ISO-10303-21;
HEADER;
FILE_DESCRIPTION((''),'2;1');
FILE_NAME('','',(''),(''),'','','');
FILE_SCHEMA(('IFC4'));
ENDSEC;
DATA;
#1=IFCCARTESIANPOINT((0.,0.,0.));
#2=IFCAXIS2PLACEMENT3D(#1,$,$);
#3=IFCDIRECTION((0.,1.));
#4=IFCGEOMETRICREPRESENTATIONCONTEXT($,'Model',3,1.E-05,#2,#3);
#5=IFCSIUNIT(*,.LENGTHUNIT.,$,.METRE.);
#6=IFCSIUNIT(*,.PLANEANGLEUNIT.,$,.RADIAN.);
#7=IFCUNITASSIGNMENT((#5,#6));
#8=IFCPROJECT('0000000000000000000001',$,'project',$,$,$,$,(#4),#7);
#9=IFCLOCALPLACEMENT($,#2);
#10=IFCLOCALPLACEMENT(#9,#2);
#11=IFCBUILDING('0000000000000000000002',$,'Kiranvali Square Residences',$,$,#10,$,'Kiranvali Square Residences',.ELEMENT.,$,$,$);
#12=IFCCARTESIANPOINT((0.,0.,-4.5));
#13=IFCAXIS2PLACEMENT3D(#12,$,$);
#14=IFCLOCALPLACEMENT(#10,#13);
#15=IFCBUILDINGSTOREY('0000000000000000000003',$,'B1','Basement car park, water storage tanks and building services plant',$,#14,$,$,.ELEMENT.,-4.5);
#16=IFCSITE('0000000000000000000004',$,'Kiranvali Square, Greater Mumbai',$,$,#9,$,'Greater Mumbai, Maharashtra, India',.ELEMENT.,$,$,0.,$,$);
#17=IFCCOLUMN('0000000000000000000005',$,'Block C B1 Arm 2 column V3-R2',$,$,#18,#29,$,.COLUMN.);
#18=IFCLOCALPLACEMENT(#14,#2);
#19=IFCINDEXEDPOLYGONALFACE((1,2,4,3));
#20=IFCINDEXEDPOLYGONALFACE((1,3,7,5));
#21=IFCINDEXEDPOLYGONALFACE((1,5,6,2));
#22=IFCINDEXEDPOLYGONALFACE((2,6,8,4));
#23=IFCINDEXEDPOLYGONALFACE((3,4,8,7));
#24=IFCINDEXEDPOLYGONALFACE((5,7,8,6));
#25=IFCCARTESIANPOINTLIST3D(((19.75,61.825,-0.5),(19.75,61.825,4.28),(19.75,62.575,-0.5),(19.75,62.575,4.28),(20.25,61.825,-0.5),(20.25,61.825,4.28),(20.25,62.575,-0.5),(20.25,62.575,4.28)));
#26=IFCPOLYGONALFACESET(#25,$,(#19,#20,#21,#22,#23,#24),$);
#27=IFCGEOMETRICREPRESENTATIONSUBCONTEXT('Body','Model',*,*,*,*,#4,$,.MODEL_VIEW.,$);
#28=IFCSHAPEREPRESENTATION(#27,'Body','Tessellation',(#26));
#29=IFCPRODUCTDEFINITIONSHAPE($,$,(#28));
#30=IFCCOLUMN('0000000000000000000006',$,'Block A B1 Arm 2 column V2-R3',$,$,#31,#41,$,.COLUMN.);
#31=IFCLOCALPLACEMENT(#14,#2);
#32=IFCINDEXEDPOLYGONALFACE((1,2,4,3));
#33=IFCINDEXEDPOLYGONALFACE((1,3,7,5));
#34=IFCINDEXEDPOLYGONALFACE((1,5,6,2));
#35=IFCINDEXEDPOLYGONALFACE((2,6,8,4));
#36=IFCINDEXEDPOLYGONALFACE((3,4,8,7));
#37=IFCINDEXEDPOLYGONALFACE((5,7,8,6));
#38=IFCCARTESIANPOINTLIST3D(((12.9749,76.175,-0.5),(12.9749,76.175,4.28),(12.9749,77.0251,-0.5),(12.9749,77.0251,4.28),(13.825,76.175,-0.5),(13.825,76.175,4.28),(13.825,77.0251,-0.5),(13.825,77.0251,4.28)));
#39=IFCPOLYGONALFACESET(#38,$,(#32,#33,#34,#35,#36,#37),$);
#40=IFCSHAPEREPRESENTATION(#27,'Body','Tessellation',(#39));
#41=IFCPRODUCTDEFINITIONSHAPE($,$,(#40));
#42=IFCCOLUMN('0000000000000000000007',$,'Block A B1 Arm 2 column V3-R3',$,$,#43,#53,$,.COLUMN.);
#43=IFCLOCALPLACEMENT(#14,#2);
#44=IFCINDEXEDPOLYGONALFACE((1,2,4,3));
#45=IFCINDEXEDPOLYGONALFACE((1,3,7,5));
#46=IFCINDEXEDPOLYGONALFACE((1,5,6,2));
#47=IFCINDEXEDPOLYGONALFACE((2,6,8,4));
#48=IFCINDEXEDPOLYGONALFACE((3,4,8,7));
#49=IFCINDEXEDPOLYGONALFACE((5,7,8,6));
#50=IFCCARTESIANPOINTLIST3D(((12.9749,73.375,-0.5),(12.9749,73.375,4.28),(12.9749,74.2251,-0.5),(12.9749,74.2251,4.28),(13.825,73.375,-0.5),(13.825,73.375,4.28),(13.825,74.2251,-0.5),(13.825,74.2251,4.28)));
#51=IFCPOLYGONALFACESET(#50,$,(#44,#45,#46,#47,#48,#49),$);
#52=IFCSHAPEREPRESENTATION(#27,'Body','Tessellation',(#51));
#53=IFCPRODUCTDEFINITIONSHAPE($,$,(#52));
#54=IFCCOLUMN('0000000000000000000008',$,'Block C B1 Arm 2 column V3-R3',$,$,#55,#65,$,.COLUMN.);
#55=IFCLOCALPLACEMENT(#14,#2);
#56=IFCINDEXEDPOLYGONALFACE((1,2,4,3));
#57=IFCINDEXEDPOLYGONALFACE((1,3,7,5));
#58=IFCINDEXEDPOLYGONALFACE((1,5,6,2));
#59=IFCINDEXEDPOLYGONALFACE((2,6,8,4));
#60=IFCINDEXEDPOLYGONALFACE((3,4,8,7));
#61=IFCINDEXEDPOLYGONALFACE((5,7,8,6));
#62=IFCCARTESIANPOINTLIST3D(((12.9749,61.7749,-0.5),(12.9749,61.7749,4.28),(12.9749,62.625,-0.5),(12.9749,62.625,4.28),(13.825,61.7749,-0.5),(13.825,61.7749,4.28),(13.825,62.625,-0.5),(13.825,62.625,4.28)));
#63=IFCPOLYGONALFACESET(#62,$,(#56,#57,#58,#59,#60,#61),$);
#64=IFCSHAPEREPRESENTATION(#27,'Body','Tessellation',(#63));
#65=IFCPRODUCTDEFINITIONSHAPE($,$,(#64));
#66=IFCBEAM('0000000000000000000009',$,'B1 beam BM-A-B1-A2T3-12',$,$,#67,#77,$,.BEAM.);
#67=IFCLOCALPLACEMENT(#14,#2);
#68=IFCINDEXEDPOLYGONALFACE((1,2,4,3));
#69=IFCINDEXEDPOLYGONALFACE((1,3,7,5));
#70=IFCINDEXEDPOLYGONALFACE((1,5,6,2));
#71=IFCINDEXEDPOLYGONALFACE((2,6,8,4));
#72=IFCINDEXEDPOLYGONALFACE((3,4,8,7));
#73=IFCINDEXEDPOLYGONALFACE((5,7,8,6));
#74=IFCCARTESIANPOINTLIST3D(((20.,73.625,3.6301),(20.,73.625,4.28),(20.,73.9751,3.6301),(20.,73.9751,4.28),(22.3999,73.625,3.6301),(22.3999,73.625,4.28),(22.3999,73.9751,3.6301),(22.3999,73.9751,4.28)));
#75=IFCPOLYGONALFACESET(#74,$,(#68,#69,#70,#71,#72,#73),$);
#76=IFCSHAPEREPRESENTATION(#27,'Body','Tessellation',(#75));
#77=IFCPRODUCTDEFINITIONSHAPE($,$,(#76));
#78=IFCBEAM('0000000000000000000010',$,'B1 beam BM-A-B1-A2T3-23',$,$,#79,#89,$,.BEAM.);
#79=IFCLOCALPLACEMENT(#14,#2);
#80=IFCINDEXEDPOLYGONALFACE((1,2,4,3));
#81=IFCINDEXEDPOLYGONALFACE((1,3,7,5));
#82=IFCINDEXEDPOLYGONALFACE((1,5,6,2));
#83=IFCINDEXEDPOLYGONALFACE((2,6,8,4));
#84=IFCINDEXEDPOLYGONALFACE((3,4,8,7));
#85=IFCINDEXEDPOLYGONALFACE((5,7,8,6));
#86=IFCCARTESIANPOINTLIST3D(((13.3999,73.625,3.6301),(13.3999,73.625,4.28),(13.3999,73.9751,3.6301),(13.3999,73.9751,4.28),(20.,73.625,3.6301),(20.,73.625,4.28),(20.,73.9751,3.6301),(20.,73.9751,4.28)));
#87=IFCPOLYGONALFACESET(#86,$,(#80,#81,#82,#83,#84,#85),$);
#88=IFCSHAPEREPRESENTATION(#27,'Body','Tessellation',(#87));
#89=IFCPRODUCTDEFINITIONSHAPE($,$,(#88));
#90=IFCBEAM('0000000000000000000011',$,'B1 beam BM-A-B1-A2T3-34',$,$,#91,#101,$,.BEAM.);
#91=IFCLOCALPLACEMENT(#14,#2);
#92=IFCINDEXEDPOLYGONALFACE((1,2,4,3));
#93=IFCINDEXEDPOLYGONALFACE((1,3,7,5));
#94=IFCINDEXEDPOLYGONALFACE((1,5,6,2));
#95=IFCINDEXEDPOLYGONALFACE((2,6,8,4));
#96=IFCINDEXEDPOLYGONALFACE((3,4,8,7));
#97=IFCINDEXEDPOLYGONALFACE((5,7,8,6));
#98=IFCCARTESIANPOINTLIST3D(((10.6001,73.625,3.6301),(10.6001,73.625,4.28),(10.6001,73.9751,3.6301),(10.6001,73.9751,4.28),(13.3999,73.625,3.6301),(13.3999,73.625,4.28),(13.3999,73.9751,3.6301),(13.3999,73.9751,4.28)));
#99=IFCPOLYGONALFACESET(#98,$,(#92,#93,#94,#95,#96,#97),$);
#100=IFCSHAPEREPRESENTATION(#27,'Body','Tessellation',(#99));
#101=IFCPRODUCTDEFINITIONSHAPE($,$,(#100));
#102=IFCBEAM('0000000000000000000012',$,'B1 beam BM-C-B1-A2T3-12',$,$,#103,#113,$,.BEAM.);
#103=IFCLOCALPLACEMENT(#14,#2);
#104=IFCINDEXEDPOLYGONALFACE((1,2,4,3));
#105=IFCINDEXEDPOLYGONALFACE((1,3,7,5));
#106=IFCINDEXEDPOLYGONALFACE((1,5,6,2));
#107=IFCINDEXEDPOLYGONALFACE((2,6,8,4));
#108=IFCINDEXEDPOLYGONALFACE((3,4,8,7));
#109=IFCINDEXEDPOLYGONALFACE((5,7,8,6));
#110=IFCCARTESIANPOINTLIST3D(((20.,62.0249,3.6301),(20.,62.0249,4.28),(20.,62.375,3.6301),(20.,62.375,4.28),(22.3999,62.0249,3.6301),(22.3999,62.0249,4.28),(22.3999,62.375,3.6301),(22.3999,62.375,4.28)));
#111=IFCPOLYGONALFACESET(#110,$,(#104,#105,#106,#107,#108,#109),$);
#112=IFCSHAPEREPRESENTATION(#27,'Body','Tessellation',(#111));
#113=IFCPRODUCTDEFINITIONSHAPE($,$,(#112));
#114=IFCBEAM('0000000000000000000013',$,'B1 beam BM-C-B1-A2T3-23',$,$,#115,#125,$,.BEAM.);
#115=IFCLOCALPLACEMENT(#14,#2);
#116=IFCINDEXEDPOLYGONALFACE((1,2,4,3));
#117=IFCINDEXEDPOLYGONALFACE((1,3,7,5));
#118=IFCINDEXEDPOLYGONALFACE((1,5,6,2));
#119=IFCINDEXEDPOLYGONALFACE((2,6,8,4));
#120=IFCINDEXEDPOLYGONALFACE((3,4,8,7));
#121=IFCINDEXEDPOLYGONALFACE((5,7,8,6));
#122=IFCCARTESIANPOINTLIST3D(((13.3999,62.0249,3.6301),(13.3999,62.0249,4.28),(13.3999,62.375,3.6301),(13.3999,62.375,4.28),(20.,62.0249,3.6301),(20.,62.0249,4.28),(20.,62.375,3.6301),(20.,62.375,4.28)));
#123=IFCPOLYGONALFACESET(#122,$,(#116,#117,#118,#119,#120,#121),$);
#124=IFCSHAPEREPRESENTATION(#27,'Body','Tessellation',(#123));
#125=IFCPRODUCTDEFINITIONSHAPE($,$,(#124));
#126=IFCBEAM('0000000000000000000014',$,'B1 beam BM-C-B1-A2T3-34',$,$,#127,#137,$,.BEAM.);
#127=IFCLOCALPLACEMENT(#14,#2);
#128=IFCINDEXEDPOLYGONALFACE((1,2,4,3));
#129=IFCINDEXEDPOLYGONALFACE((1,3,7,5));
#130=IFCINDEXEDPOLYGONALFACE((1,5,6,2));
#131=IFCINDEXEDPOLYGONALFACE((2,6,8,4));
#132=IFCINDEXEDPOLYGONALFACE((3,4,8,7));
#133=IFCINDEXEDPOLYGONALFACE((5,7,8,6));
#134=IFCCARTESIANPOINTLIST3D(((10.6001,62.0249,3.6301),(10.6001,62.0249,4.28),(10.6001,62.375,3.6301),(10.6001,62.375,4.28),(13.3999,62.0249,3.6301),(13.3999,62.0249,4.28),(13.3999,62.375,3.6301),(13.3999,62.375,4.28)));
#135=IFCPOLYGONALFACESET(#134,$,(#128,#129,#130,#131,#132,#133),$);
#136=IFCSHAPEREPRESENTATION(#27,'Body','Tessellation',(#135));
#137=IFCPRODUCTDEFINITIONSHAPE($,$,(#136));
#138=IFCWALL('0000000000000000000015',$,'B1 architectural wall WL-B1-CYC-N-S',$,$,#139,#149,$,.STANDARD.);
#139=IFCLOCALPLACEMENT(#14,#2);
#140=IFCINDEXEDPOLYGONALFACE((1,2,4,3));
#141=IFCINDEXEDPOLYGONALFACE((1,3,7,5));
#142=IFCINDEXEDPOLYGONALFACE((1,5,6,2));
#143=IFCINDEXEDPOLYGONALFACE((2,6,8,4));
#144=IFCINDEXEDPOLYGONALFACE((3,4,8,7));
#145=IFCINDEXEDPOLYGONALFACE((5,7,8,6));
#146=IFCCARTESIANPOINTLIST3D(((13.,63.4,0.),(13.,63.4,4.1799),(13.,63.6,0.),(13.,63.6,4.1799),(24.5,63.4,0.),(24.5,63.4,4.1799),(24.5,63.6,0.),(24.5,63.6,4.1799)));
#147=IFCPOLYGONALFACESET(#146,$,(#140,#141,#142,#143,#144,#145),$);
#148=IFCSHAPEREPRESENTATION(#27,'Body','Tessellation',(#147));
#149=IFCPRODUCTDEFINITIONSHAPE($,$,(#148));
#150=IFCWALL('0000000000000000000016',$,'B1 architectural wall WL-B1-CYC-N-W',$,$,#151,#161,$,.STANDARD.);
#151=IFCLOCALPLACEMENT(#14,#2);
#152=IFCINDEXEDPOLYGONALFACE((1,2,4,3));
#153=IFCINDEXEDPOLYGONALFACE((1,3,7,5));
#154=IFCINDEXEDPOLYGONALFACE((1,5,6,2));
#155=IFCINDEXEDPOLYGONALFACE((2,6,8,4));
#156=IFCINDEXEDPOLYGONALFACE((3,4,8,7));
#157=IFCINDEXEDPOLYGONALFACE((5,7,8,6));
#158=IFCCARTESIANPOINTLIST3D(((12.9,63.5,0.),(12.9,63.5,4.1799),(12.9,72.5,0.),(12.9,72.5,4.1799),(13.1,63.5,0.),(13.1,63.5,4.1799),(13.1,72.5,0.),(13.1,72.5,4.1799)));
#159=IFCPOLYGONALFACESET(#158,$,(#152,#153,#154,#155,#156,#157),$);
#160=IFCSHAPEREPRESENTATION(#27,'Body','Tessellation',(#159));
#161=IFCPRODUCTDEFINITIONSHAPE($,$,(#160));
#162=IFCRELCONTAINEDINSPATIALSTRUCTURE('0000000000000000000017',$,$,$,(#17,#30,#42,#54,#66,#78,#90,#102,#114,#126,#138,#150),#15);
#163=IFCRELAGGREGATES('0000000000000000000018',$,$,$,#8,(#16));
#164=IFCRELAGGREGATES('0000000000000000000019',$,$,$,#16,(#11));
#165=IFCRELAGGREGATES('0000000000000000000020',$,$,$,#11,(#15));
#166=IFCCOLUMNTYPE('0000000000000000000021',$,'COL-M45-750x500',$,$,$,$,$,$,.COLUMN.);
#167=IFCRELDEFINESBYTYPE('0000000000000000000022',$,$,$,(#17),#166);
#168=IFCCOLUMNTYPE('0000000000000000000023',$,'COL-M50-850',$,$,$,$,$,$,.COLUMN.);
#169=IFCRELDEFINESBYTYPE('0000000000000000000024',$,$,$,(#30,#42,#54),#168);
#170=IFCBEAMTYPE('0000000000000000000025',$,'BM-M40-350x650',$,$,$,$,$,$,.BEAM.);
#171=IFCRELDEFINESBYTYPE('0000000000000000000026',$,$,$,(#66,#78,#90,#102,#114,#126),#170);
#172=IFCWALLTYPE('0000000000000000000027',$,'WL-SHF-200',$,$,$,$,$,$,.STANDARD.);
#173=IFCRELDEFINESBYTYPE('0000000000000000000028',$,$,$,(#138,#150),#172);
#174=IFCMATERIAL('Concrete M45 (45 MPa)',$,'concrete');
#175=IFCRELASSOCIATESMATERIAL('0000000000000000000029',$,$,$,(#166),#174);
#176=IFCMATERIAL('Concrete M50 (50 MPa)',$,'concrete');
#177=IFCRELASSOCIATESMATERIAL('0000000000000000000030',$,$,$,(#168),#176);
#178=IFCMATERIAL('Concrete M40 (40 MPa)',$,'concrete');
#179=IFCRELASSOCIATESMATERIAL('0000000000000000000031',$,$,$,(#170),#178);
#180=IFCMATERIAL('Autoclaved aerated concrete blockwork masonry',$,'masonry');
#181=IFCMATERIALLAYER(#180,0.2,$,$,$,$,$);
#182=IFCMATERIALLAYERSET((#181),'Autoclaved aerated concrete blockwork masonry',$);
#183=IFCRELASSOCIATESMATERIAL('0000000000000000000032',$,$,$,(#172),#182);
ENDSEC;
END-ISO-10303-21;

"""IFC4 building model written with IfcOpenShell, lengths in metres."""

from ifc_helpers import new_model, si_unit, direction, frame, frame_2d, origin, origin_2d, place, context, subcontext, project, spatial, rectangle, extrude, material, layer, layer_set, material_profile, profile_set, type_object, element, save


model = new_model("IFC4")

# Units and contexts
model_context = context("Model", 3, precision=1e-05, world=origin(), true_north=direction((0.0, 1.0)))
body_context = subcontext(model_context, "Body", "Model", "MODEL_VIEW")
ifc_project = project(units=[si_unit("LENGTHUNIT", "METRE"), si_unit("PLANEANGLEUNIT", "RADIAN")], contexts=[model_context])

# Site, building, storey
site_placement = place(None, origin())
site = spatial("IfcSite", under=ifc_project, at=site_placement, Name="Kiranvali Square, Greater Mumbai", LongName="Greater Mumbai, Maharashtra, India", CompositionType="ELEMENT", RefElevation=0.0)
building_placement = place(site_placement, origin())
building = spatial("IfcBuilding", under=site, at=building_placement, Name="Kiranvali Square Residences", LongName="Kiranvali Square Residences", CompositionType="ELEMENT")
storey_placement = place(building_placement, frame((0.0, 0.0, -4.5)))
storey = spatial("IfcBuildingStorey", under=building, at=storey_placement, Name="B1", Description="Basement car park, water storage tanks and building services plant", CompositionType="ELEMENT", Elevation=-4.5)

# Shared definitions
ifc_material_1 = material(Name="Concrete M40 (40 MPa)", Category="concrete")

# Columns
ifc_material_2 = material(Name="Concrete M45 (45 MPa)", Category="concrete")
ifc_material_profile_1 = material_profile(ifc_material_2, rectangle(XDim=0.5, YDim=0.75, at=origin_2d()), Name="RC 750x500")
ifc_profile_set_1 = profile_set([ifc_material_profile_1], Name="Concrete M45 (45 MPa)")
column_type_1 = type_object("IfcColumnType", Name="COL-M45-750x500", PredefinedType="COLUMN", material=ifc_profile_set_1)
for number, where, z_axis, x_axis, name in (
    (1, (20.0, 62.2, -0.5), (0.0, 0.0, 1.0), (1.0, 0.0, 0.0), "Block C B1 Arm 2 column V3-R2"),
):
    element("IfcColumn", number, at=place(storey_placement, frame(where, z_axis=z_axis, x_axis=x_axis)), inside=storey, type_object=column_type_1, Name=name, PredefinedType="COLUMN", context=body_context, shape_type="SweptSolid", body=[
        extrude(rectangle(XDim=0.5, YDim=0.75, at=origin_2d()), origin(), (0.0, 0.0, 1.0), 4.78),
    ])
ifc_material_3 = material(Name="Concrete M50 (50 MPa)", Category="concrete")
ifc_material_profile_2 = material_profile(ifc_material_3, rectangle(XDim=0.8501, YDim=0.8501, at=origin_2d()), Name="RC 850x850")
ifc_profile_set_2 = profile_set([ifc_material_profile_2], Name="Concrete M50 (50 MPa)")
column_type_2 = type_object("IfcColumnType", Name="COL-M50-850", PredefinedType="COLUMN", material=ifc_profile_set_2)
for number, where, z_axis, x_axis, name in (
    (2, (13.3999, 76.6001, -0.5), (0.0, 0.0, 1.0), (1.0, 0.0, 0.0), "Block A B1 Arm 2 column V2-R3"),
    (3, (13.3999, 73.8, -0.5), (0.0, 0.0, 1.0), (1.0, 0.0, 0.0), "Block A B1 Arm 2 column V3-R3"),
    (4, (13.3999, 62.2, -0.5), (0.0, 0.0, 1.0), (1.0, 0.0, 0.0), "Block C B1 Arm 2 column V3-R3"),
):
    element("IfcColumn", number, at=place(storey_placement, frame(where, z_axis=z_axis, x_axis=x_axis)), inside=storey, type_object=column_type_2, Name=name, PredefinedType="COLUMN", context=body_context, shape_type="SweptSolid", body=[
        extrude(rectangle(XDim=0.8501, YDim=0.8501, at=origin_2d()), origin(), (0.0, 0.0, 1.0), 4.78),
    ])

# Beams
ifc_material_profile_3 = material_profile(ifc_material_1, rectangle(XDim=0.3501, YDim=0.6499, at=origin_2d()), Name="RC 350x650")
ifc_profile_set_3 = profile_set([ifc_material_profile_3], Name="Concrete M40 (40 MPa)")
beam_type = type_object("IfcBeamType", Name="BM-M40-350x650", PredefinedType="BEAM", material=ifc_profile_set_3)
beam_1_placement = place(storey_placement, frame((22.3999, 73.8, 3.9551), z_axis=(-1.0, 0.0, 0.0), x_axis=(0.0, -1.0, 0.0)))
element("IfcBeam", 5, at=beam_1_placement, inside=storey, type_object=beam_type, Name="B1 beam BM-A-B1-A2T3-12", PredefinedType="BEAM", context=body_context, shape_type="SweptSolid", body=[
    extrude(rectangle(XDim=0.3501, YDim=0.6499, at=origin_2d()), origin(), (0.0, 0.0, 1.0), 2.3999),
])
beam_2_placement = place(storey_placement, frame((20.0, 73.8, 3.9551), z_axis=(-1.0, 0.0, 0.0), x_axis=(0.0, -1.0, 0.0)))
element("IfcBeam", 6, at=beam_2_placement, inside=storey, type_object=beam_type, Name="B1 beam BM-A-B1-A2T3-23", PredefinedType="BEAM", context=body_context, shape_type="SweptSolid", body=[
    extrude(rectangle(XDim=0.3501, YDim=0.6499, at=origin_2d()), origin(), (0.0, 0.0, 1.0), 6.6001),
])
beam_3_placement = place(storey_placement, frame((13.3999, 73.8, 3.9551), z_axis=(-1.0, 0.0, 0.0), x_axis=(0.0, -1.0, 0.0)))
element("IfcBeam", 7, at=beam_3_placement, inside=storey, type_object=beam_type, Name="B1 beam BM-A-B1-A2T3-34", PredefinedType="BEAM", context=body_context, shape_type="SweptSolid", body=[
    extrude(rectangle(XDim=0.3501, YDim=0.6499, at=origin_2d()), origin(), (0.0, 0.0, 1.0), 2.7998),
])
beam_4_placement = place(storey_placement, frame((22.3999, 62.2, 3.9551), z_axis=(-1.0, 0.0, 0.0), x_axis=(0.0, -1.0, 0.0)))
element("IfcBeam", 8, at=beam_4_placement, inside=storey, type_object=beam_type, Name="B1 beam BM-C-B1-A2T3-12", PredefinedType="BEAM", context=body_context, shape_type="SweptSolid", body=[
    extrude(rectangle(XDim=0.3501, YDim=0.6499, at=origin_2d()), origin(), (0.0, 0.0, 1.0), 2.3999),
])
beam_5_placement = place(storey_placement, frame((20.0, 62.2, 3.9551), z_axis=(-1.0, 0.0, 0.0), x_axis=(0.0, -1.0, 0.0)))
element("IfcBeam", 9, at=beam_5_placement, inside=storey, type_object=beam_type, Name="B1 beam BM-C-B1-A2T3-23", PredefinedType="BEAM", context=body_context, shape_type="SweptSolid", body=[
    extrude(rectangle(XDim=0.3501, YDim=0.6499, at=origin_2d()), origin(), (0.0, 0.0, 1.0), 6.6001),
])
beam_6_placement = place(storey_placement, frame((13.3999, 62.2, 3.9551), z_axis=(-1.0, 0.0, 0.0), x_axis=(0.0, -1.0, 0.0)))
element("IfcBeam", 10, at=beam_6_placement, inside=storey, type_object=beam_type, Name="B1 beam BM-C-B1-A2T3-34", PredefinedType="BEAM", context=body_context, shape_type="SweptSolid", body=[
    extrude(rectangle(XDim=0.3501, YDim=0.6499, at=origin_2d()), origin(), (0.0, 0.0, 1.0), 2.7998),
])

# Walls
ifc_material_4 = material(Name="Autoclaved aerated concrete blockwork masonry", Category="masonry")
ifc_layer = layer(ifc_material_4, 0.2)
ifc_layer_set = layer_set([ifc_layer], Name="Autoclaved aerated concrete blockwork masonry")
wall_type = type_object("IfcWallType", Name="WL-SHF-200", PredefinedType="STANDARD", material=ifc_layer_set)
wall_1_placement = place(storey_placement, frame((13.0, 63.5, 0.0), z_axis=(0.0, 0.0, 1.0), x_axis=(1.0, 0.0, 0.0)))
element("IfcWall", 11, at=wall_1_placement, inside=storey, type_object=wall_type, Name="B1 architectural wall WL-B1-CYC-N-S", PredefinedType="STANDARD", context=body_context, shape_type="SweptSolid", body=[
    extrude(rectangle(XDim=11.5, YDim=0.2, at=frame_2d((5.75, 0.0))), origin(), (0.0, 0.0, 1.0), 4.1799),
])
wall_2_placement = place(storey_placement, frame((13.0, 72.5, 0.0), z_axis=(0.0, 0.0, 1.0), x_axis=(0.0, -1.0, 0.0)))
element("IfcWall", 12, at=wall_2_placement, inside=storey, type_object=wall_type, Name="B1 architectural wall WL-B1-CYC-N-W", PredefinedType="STANDARD", context=body_context, shape_type="SweptSolid", body=[
    extrude(rectangle(XDim=9.0, YDim=0.2, at=frame_2d((4.5, 0.0))), origin(), (0.0, 0.0, 1.0), 4.1799),
])

save(model, "model.ifc")
